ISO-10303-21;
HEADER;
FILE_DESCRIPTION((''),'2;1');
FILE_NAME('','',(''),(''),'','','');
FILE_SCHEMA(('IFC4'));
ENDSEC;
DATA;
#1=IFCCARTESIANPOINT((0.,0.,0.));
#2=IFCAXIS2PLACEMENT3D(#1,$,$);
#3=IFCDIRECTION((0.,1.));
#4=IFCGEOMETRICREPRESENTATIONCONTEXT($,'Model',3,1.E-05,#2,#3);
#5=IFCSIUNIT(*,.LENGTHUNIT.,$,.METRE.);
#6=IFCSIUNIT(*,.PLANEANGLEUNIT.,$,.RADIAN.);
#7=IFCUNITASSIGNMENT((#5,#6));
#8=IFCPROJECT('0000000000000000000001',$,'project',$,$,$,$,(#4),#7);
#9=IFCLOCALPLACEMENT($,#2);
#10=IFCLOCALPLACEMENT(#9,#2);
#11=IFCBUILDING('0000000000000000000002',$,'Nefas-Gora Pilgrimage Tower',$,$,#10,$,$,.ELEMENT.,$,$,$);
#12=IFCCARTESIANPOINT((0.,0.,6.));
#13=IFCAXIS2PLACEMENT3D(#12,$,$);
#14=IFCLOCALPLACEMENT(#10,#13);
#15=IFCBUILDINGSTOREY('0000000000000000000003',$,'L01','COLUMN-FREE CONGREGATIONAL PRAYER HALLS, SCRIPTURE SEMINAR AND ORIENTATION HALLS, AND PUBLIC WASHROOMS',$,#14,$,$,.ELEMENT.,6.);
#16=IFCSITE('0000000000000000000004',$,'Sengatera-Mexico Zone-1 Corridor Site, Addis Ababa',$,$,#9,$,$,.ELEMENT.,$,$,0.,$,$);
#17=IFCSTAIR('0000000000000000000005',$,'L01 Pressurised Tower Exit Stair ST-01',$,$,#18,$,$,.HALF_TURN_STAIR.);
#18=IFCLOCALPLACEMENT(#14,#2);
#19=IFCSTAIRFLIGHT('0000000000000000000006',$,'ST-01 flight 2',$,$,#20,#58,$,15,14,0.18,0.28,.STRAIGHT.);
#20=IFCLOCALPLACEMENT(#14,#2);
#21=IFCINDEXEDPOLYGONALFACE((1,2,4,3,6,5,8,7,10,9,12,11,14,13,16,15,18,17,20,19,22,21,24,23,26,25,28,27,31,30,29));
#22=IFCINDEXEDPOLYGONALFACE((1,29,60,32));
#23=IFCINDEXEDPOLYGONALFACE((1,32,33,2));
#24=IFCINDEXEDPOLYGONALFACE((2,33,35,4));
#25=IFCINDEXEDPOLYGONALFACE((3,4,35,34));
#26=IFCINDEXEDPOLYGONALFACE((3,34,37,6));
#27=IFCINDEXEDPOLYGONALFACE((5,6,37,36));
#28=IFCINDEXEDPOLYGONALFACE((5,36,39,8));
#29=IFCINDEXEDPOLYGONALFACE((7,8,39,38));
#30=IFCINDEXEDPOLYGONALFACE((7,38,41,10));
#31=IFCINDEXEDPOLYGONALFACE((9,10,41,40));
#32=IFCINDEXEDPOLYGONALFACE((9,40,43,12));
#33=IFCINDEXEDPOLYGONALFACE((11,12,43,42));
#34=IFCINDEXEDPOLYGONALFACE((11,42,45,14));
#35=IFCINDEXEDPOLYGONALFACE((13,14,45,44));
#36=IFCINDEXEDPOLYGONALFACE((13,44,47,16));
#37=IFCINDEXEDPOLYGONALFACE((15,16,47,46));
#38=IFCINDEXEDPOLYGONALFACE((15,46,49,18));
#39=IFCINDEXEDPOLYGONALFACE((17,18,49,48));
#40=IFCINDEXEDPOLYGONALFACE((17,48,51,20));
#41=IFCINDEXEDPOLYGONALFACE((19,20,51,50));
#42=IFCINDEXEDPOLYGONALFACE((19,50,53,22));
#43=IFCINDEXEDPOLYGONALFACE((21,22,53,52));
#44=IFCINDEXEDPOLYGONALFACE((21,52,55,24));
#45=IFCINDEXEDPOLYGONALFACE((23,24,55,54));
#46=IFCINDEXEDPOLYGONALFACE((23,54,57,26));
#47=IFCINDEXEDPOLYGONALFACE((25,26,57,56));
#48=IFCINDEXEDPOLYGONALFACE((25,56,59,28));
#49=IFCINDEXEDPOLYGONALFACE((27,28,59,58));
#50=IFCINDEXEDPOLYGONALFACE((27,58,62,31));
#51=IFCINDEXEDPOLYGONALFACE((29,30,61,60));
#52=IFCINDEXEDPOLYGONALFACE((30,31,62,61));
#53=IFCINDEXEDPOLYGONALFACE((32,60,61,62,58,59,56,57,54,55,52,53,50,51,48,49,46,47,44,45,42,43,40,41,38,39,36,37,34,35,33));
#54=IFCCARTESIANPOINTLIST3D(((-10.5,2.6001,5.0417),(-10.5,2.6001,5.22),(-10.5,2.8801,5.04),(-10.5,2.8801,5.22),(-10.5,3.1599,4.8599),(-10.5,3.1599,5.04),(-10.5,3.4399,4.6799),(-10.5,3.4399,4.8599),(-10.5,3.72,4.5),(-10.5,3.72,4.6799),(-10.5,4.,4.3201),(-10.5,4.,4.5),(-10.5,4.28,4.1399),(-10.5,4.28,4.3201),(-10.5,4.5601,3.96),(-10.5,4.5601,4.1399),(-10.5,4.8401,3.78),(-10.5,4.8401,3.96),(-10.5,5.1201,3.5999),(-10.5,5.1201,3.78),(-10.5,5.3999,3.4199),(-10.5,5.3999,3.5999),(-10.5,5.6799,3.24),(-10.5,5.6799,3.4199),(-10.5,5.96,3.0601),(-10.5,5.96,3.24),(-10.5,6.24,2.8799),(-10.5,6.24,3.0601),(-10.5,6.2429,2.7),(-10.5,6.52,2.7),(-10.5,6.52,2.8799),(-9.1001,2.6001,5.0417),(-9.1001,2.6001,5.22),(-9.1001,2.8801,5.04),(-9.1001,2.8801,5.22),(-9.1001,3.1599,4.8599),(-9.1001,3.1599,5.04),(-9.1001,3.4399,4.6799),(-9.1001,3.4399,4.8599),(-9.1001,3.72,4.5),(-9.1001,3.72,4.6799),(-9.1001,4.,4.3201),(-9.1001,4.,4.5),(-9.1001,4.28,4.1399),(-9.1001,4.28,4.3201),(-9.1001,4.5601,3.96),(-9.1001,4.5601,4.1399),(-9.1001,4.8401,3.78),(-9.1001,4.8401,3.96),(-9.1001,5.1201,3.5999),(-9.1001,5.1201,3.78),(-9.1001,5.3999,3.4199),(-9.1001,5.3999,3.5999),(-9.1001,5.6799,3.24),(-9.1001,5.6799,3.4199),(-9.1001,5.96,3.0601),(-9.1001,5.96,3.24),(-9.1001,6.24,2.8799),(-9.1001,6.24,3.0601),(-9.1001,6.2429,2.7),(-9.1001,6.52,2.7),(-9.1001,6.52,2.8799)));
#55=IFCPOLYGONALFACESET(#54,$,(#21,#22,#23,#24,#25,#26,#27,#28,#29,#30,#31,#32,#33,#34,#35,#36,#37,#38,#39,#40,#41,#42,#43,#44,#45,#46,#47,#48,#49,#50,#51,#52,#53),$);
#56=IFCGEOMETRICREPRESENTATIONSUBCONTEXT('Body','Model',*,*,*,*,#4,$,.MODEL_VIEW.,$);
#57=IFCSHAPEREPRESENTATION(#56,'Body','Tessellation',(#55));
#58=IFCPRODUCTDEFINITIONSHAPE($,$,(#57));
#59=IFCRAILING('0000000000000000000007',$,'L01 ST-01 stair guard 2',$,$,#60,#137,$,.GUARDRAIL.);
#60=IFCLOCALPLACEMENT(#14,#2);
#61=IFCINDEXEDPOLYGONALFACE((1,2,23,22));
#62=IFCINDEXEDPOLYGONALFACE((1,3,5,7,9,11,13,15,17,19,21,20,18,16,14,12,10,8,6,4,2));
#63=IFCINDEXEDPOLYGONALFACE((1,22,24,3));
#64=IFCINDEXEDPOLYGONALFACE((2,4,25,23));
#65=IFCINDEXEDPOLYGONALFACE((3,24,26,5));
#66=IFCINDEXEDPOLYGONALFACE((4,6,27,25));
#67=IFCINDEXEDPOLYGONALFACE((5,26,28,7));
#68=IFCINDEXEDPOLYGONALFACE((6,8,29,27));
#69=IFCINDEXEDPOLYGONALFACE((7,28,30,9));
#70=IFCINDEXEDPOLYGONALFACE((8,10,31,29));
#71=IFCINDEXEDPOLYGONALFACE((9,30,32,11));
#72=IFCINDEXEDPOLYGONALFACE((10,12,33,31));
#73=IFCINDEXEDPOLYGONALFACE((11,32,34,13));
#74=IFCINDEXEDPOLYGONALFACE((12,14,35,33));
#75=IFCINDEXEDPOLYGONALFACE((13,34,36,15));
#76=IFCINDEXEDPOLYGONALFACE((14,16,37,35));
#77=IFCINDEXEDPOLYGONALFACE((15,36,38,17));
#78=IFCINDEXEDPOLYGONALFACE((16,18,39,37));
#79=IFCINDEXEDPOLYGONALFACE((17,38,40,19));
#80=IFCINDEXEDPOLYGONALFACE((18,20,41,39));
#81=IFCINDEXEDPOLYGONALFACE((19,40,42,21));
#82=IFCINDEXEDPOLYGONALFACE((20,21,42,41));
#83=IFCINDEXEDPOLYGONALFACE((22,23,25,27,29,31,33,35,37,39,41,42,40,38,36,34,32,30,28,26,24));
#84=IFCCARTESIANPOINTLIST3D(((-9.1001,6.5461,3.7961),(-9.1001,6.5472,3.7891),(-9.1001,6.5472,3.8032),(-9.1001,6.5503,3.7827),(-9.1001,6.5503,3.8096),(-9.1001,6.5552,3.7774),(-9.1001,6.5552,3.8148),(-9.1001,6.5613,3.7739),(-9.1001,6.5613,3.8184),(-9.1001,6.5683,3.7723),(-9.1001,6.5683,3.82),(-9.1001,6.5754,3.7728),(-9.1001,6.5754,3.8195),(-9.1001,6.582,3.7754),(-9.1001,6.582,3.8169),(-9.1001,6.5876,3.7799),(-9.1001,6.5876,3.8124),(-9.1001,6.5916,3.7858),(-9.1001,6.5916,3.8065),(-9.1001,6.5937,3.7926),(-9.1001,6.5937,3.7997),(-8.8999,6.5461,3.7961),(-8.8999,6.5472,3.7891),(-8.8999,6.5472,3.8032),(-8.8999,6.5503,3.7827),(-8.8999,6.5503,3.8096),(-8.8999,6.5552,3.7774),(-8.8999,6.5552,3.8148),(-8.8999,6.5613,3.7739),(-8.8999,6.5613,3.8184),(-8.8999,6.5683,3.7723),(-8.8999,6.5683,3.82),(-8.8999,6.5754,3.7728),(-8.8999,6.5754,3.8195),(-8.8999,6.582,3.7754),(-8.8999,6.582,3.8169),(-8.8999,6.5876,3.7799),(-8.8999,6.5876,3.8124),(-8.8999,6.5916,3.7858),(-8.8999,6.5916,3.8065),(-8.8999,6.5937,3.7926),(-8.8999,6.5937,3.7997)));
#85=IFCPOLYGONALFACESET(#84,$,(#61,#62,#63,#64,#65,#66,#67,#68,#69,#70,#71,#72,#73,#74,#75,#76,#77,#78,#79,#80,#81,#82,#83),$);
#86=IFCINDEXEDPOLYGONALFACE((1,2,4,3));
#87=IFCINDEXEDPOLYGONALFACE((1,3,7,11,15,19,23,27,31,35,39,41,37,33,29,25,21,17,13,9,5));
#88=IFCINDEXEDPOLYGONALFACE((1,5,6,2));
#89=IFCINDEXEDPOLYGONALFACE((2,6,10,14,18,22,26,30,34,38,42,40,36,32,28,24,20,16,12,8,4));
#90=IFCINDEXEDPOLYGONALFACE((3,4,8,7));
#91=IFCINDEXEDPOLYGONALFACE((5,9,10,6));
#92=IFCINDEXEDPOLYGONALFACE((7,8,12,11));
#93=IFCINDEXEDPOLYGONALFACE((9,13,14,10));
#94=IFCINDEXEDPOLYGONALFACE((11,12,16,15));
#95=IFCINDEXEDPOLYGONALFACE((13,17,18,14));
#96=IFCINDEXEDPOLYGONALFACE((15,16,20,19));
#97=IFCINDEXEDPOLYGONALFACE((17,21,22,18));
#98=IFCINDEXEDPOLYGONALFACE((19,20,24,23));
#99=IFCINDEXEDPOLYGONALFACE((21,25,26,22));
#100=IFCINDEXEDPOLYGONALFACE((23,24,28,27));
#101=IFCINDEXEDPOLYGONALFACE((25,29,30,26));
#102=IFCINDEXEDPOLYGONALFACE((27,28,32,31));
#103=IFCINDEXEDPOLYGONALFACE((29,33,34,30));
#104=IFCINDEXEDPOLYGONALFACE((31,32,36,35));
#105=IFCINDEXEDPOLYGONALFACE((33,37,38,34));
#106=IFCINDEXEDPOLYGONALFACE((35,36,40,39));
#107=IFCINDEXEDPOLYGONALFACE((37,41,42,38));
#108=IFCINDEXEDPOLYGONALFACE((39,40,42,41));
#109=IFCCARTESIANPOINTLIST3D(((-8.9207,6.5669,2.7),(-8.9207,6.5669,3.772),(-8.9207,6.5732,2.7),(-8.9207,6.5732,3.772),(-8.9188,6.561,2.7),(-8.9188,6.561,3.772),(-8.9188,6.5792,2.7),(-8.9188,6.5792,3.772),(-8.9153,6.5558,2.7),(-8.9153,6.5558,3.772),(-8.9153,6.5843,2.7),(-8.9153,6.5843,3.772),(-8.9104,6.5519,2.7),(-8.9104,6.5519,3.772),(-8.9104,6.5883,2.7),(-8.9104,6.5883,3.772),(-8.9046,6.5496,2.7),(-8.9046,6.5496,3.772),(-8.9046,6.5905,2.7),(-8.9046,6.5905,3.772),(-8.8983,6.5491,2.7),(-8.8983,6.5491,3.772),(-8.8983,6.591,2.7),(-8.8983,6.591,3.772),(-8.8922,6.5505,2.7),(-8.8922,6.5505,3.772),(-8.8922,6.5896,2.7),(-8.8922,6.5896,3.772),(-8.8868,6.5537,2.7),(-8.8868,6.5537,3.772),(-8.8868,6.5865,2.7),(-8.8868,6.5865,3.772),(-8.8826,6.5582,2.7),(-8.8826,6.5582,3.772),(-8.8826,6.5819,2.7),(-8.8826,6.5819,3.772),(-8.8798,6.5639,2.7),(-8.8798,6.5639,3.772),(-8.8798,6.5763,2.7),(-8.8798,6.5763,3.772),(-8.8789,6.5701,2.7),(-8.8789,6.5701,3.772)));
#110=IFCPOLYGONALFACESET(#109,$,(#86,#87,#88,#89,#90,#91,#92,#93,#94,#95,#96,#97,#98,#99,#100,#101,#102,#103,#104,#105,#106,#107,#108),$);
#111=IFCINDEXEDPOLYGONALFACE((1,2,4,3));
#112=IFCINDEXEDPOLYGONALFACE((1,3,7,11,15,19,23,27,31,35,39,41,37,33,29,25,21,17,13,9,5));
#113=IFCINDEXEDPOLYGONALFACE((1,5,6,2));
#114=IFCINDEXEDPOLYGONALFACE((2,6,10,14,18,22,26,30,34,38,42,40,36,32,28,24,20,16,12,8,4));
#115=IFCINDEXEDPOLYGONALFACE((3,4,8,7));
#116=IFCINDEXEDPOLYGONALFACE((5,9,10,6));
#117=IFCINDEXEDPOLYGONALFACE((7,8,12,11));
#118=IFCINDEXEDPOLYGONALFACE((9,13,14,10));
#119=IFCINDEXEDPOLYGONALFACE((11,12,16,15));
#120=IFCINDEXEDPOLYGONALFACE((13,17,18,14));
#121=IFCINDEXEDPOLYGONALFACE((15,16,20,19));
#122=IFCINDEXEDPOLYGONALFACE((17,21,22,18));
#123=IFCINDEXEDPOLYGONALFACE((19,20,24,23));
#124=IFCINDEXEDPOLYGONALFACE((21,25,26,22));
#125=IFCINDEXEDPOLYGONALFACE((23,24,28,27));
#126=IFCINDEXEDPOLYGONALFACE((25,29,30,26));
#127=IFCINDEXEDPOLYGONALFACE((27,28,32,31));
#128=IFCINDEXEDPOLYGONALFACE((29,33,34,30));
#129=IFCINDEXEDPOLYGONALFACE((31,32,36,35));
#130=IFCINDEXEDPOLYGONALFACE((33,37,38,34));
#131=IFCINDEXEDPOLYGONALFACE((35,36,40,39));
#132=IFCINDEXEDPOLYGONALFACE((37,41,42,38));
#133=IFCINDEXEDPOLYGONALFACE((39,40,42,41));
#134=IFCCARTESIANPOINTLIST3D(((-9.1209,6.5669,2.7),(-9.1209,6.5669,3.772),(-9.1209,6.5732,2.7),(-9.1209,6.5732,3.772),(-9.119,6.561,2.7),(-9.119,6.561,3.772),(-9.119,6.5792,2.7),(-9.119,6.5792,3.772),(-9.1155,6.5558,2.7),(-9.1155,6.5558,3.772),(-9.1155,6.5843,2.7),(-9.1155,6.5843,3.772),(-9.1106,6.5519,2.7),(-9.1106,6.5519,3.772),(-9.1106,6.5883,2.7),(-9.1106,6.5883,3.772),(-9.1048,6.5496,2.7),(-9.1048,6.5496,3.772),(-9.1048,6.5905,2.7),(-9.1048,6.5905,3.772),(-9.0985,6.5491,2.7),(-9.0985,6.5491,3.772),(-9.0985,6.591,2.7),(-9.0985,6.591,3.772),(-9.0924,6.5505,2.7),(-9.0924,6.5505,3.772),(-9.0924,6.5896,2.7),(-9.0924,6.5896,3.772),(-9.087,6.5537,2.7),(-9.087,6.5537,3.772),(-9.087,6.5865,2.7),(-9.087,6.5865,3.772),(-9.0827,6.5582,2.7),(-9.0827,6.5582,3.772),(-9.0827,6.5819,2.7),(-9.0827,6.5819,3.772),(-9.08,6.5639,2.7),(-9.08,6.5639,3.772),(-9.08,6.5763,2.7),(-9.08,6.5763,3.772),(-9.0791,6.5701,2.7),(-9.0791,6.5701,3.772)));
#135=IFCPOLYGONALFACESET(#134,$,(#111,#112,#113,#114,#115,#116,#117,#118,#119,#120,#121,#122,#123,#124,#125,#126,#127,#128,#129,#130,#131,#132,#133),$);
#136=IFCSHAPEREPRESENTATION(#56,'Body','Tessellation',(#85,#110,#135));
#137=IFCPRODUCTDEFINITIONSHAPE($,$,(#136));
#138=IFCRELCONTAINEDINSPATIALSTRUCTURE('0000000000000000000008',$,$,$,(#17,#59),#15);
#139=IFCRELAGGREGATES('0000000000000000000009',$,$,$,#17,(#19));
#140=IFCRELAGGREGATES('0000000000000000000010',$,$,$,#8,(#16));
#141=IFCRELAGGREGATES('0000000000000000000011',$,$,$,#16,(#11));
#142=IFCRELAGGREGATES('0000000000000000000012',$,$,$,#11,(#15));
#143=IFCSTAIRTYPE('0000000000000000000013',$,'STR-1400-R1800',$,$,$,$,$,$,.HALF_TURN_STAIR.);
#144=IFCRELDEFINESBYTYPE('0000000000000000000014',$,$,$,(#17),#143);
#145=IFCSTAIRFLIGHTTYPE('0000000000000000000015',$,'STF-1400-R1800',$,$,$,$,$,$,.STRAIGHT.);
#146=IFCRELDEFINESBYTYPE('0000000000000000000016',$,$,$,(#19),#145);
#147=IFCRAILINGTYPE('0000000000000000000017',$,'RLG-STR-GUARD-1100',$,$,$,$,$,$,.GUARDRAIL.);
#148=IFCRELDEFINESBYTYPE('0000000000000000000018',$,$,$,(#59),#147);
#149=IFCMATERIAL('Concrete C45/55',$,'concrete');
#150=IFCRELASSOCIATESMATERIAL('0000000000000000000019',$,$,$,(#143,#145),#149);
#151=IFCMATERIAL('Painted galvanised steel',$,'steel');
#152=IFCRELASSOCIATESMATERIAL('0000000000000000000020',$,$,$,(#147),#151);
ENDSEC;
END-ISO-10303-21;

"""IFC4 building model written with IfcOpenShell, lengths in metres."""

from ifc_helpers import new_model, si_unit, direction, frame, origin, origin_2d, place, context, subcontext, project, spatial, polyline, circle, outline, extrude, source, transform, mapped, material, type_object, element, aggregate, save


model = new_model("IFC4")

# Units and contexts
model_context = context("Model", 3, precision=1e-05, world=origin(), true_north=direction((0.0, 1.0)))
body_context = subcontext(model_context, "Body", "Model", "MODEL_VIEW")
ifc_project = project(units=[si_unit("LENGTHUNIT", "METRE"), si_unit("PLANEANGLEUNIT", "RADIAN")], contexts=[model_context])

# Site, building, storey
site_placement = place(None, origin())
site = spatial("IfcSite", under=ifc_project, at=site_placement, Name="Sengatera-Mexico Zone-1 Corridor Site, Addis Ababa", CompositionType="ELEMENT", RefElevation=0.0)
building_placement = place(site_placement, origin())
building = spatial("IfcBuilding", under=site, at=building_placement, Name="Nefas-Gora Pilgrimage Tower", CompositionType="ELEMENT")
storey_placement = place(building_placement, frame((0.0, 0.0, 6.0)))
storey = spatial("IfcBuildingStorey", under=building, at=storey_placement, Name="L01", Description="COLUMN-FREE CONGREGATIONAL PRAYER HALLS, SCRIPTURE SEMINAR AND ORIENTATION HALLS, AND PUBLIC WASHROOMS", CompositionType="ELEMENT", Elevation=6.0)

# Shared definitions
ifc_material_1 = material(Name="Concrete C45/55", Category="concrete")

# Stair, stair flight
stair_type = type_object("IfcStairType", Name="STR-1400-R1800", PredefinedType="HALF_TURN_STAIR", material=ifc_material_1)
stair_placement = place(storey_placement, origin())
stair = element("IfcStair", 1, at=stair_placement, inside=storey, type_object=stair_type, Name="L01 Pressurised Tower Exit Stair ST-01", PredefinedType="HALF_TURN_STAIR")
stair_flight_type = type_object("IfcStairFlightType", Name="STF-1400-R1800", PredefinedType="STRAIGHT", material=ifc_material_1)
shared_shape_1 = source(origin(), body_context, "Body", "SweptSolid", [
    extrude(outline(polyline([(0.0, 0.0), (0.0, 0.1799), (0.28, 0.1799), (0.28, 0.3601), (0.5601, 0.3601), (0.5601, 0.54), (0.8401, 0.54), (0.8401, 0.72), (1.1201, 0.72), (1.1201, 0.8999), (1.3999, 0.8999), (1.3999, 1.0801), (1.6799, 1.0801), (1.6799, 1.26), (1.96, 1.26), (1.96, 1.4399), (2.24, 1.4399), (2.24, 1.6201), (2.52, 1.6201), (2.52, 1.8), (2.8, 1.8), (2.8, 1.98), (3.0801, 1.98), (3.0801, 2.1599), (3.3601, 2.1599), (3.3601, 2.3401), (3.6399, 2.3401), (3.6399, 2.52), (3.9199, 2.52), (3.9199, 2.7), (3.9199, 2.3418), (0.2771, 0.0), (0.0, 0.0)])), frame((0.0, 0.7, 0.0), z_axis=(0.0, -1.0, 0.0), x_axis=(1.0, 0.0, 0.0)), (0.0, 0.0, 1.0), 1.3999),
])
stair_flight_placement = place(storey_placement, frame((-9.8, 6.52, 2.7), z_axis=(0.0, 0.0, 1.0), x_axis=(0.0, -1.0, 0.0)))
stair_flight = element("IfcStairFlight", 2, at=stair_flight_placement, type_object=stair_flight_type, Name="ST-01 flight 2", NumberOfRisers=15, NumberOfTreads=14, PredefinedType="STRAIGHT", RiserHeight=0.18, TreadLength=0.28, context=body_context, shape_type="MappedRepresentation", body=[
    mapped(shared_shape_1, transform((0.0, 0.0, 0.0), x_axis=(1.0, 0.0, 0.0), y_axis=(0.0, 1.0, 0.0), z_axis=(0.0, 0.0, 1.0), scale=1.0)),
])
aggregate(stair, [stair_flight])

# Railing
ifc_material_2 = material(Name="Painted galvanised steel", Category="steel")
railing_type_1 = type_object("IfcRailingType", Name="RLG-STR-GUARD-1100", PredefinedType="GUARDRAIL", material=ifc_material_2)
railing_1_placement = place(storey_placement, frame((-8.8999, 6.5701, 2.7)))
element("IfcRailing", 3, at=railing_1_placement, inside=storey, type_object=railing_type_1, Name="L01 ST-01 stair guard 2", PredefinedType="GUARDRAIL", context=body_context, shape_type="SweptSolid", body=[
    extrude(circle(Radius=0.0239, at=origin_2d()), frame((0.0, 0.0, 1.0962), z_axis=(-1.0, 0.0, 0.0), x_axis=(0.0, -1.0, 0.0)), (0.0, 0.0, 1.0), 0.2002),
    extrude(circle(Radius=0.021, at=origin_2d()), origin(), (0.0, 0.0, 1.0), 1.072),
    extrude(circle(Radius=0.021, at=origin_2d()), frame((-0.2002, 0.0, 0.0)), (0.0, 0.0, 1.0), 1.072),
])

save(model, "model.ifc")
